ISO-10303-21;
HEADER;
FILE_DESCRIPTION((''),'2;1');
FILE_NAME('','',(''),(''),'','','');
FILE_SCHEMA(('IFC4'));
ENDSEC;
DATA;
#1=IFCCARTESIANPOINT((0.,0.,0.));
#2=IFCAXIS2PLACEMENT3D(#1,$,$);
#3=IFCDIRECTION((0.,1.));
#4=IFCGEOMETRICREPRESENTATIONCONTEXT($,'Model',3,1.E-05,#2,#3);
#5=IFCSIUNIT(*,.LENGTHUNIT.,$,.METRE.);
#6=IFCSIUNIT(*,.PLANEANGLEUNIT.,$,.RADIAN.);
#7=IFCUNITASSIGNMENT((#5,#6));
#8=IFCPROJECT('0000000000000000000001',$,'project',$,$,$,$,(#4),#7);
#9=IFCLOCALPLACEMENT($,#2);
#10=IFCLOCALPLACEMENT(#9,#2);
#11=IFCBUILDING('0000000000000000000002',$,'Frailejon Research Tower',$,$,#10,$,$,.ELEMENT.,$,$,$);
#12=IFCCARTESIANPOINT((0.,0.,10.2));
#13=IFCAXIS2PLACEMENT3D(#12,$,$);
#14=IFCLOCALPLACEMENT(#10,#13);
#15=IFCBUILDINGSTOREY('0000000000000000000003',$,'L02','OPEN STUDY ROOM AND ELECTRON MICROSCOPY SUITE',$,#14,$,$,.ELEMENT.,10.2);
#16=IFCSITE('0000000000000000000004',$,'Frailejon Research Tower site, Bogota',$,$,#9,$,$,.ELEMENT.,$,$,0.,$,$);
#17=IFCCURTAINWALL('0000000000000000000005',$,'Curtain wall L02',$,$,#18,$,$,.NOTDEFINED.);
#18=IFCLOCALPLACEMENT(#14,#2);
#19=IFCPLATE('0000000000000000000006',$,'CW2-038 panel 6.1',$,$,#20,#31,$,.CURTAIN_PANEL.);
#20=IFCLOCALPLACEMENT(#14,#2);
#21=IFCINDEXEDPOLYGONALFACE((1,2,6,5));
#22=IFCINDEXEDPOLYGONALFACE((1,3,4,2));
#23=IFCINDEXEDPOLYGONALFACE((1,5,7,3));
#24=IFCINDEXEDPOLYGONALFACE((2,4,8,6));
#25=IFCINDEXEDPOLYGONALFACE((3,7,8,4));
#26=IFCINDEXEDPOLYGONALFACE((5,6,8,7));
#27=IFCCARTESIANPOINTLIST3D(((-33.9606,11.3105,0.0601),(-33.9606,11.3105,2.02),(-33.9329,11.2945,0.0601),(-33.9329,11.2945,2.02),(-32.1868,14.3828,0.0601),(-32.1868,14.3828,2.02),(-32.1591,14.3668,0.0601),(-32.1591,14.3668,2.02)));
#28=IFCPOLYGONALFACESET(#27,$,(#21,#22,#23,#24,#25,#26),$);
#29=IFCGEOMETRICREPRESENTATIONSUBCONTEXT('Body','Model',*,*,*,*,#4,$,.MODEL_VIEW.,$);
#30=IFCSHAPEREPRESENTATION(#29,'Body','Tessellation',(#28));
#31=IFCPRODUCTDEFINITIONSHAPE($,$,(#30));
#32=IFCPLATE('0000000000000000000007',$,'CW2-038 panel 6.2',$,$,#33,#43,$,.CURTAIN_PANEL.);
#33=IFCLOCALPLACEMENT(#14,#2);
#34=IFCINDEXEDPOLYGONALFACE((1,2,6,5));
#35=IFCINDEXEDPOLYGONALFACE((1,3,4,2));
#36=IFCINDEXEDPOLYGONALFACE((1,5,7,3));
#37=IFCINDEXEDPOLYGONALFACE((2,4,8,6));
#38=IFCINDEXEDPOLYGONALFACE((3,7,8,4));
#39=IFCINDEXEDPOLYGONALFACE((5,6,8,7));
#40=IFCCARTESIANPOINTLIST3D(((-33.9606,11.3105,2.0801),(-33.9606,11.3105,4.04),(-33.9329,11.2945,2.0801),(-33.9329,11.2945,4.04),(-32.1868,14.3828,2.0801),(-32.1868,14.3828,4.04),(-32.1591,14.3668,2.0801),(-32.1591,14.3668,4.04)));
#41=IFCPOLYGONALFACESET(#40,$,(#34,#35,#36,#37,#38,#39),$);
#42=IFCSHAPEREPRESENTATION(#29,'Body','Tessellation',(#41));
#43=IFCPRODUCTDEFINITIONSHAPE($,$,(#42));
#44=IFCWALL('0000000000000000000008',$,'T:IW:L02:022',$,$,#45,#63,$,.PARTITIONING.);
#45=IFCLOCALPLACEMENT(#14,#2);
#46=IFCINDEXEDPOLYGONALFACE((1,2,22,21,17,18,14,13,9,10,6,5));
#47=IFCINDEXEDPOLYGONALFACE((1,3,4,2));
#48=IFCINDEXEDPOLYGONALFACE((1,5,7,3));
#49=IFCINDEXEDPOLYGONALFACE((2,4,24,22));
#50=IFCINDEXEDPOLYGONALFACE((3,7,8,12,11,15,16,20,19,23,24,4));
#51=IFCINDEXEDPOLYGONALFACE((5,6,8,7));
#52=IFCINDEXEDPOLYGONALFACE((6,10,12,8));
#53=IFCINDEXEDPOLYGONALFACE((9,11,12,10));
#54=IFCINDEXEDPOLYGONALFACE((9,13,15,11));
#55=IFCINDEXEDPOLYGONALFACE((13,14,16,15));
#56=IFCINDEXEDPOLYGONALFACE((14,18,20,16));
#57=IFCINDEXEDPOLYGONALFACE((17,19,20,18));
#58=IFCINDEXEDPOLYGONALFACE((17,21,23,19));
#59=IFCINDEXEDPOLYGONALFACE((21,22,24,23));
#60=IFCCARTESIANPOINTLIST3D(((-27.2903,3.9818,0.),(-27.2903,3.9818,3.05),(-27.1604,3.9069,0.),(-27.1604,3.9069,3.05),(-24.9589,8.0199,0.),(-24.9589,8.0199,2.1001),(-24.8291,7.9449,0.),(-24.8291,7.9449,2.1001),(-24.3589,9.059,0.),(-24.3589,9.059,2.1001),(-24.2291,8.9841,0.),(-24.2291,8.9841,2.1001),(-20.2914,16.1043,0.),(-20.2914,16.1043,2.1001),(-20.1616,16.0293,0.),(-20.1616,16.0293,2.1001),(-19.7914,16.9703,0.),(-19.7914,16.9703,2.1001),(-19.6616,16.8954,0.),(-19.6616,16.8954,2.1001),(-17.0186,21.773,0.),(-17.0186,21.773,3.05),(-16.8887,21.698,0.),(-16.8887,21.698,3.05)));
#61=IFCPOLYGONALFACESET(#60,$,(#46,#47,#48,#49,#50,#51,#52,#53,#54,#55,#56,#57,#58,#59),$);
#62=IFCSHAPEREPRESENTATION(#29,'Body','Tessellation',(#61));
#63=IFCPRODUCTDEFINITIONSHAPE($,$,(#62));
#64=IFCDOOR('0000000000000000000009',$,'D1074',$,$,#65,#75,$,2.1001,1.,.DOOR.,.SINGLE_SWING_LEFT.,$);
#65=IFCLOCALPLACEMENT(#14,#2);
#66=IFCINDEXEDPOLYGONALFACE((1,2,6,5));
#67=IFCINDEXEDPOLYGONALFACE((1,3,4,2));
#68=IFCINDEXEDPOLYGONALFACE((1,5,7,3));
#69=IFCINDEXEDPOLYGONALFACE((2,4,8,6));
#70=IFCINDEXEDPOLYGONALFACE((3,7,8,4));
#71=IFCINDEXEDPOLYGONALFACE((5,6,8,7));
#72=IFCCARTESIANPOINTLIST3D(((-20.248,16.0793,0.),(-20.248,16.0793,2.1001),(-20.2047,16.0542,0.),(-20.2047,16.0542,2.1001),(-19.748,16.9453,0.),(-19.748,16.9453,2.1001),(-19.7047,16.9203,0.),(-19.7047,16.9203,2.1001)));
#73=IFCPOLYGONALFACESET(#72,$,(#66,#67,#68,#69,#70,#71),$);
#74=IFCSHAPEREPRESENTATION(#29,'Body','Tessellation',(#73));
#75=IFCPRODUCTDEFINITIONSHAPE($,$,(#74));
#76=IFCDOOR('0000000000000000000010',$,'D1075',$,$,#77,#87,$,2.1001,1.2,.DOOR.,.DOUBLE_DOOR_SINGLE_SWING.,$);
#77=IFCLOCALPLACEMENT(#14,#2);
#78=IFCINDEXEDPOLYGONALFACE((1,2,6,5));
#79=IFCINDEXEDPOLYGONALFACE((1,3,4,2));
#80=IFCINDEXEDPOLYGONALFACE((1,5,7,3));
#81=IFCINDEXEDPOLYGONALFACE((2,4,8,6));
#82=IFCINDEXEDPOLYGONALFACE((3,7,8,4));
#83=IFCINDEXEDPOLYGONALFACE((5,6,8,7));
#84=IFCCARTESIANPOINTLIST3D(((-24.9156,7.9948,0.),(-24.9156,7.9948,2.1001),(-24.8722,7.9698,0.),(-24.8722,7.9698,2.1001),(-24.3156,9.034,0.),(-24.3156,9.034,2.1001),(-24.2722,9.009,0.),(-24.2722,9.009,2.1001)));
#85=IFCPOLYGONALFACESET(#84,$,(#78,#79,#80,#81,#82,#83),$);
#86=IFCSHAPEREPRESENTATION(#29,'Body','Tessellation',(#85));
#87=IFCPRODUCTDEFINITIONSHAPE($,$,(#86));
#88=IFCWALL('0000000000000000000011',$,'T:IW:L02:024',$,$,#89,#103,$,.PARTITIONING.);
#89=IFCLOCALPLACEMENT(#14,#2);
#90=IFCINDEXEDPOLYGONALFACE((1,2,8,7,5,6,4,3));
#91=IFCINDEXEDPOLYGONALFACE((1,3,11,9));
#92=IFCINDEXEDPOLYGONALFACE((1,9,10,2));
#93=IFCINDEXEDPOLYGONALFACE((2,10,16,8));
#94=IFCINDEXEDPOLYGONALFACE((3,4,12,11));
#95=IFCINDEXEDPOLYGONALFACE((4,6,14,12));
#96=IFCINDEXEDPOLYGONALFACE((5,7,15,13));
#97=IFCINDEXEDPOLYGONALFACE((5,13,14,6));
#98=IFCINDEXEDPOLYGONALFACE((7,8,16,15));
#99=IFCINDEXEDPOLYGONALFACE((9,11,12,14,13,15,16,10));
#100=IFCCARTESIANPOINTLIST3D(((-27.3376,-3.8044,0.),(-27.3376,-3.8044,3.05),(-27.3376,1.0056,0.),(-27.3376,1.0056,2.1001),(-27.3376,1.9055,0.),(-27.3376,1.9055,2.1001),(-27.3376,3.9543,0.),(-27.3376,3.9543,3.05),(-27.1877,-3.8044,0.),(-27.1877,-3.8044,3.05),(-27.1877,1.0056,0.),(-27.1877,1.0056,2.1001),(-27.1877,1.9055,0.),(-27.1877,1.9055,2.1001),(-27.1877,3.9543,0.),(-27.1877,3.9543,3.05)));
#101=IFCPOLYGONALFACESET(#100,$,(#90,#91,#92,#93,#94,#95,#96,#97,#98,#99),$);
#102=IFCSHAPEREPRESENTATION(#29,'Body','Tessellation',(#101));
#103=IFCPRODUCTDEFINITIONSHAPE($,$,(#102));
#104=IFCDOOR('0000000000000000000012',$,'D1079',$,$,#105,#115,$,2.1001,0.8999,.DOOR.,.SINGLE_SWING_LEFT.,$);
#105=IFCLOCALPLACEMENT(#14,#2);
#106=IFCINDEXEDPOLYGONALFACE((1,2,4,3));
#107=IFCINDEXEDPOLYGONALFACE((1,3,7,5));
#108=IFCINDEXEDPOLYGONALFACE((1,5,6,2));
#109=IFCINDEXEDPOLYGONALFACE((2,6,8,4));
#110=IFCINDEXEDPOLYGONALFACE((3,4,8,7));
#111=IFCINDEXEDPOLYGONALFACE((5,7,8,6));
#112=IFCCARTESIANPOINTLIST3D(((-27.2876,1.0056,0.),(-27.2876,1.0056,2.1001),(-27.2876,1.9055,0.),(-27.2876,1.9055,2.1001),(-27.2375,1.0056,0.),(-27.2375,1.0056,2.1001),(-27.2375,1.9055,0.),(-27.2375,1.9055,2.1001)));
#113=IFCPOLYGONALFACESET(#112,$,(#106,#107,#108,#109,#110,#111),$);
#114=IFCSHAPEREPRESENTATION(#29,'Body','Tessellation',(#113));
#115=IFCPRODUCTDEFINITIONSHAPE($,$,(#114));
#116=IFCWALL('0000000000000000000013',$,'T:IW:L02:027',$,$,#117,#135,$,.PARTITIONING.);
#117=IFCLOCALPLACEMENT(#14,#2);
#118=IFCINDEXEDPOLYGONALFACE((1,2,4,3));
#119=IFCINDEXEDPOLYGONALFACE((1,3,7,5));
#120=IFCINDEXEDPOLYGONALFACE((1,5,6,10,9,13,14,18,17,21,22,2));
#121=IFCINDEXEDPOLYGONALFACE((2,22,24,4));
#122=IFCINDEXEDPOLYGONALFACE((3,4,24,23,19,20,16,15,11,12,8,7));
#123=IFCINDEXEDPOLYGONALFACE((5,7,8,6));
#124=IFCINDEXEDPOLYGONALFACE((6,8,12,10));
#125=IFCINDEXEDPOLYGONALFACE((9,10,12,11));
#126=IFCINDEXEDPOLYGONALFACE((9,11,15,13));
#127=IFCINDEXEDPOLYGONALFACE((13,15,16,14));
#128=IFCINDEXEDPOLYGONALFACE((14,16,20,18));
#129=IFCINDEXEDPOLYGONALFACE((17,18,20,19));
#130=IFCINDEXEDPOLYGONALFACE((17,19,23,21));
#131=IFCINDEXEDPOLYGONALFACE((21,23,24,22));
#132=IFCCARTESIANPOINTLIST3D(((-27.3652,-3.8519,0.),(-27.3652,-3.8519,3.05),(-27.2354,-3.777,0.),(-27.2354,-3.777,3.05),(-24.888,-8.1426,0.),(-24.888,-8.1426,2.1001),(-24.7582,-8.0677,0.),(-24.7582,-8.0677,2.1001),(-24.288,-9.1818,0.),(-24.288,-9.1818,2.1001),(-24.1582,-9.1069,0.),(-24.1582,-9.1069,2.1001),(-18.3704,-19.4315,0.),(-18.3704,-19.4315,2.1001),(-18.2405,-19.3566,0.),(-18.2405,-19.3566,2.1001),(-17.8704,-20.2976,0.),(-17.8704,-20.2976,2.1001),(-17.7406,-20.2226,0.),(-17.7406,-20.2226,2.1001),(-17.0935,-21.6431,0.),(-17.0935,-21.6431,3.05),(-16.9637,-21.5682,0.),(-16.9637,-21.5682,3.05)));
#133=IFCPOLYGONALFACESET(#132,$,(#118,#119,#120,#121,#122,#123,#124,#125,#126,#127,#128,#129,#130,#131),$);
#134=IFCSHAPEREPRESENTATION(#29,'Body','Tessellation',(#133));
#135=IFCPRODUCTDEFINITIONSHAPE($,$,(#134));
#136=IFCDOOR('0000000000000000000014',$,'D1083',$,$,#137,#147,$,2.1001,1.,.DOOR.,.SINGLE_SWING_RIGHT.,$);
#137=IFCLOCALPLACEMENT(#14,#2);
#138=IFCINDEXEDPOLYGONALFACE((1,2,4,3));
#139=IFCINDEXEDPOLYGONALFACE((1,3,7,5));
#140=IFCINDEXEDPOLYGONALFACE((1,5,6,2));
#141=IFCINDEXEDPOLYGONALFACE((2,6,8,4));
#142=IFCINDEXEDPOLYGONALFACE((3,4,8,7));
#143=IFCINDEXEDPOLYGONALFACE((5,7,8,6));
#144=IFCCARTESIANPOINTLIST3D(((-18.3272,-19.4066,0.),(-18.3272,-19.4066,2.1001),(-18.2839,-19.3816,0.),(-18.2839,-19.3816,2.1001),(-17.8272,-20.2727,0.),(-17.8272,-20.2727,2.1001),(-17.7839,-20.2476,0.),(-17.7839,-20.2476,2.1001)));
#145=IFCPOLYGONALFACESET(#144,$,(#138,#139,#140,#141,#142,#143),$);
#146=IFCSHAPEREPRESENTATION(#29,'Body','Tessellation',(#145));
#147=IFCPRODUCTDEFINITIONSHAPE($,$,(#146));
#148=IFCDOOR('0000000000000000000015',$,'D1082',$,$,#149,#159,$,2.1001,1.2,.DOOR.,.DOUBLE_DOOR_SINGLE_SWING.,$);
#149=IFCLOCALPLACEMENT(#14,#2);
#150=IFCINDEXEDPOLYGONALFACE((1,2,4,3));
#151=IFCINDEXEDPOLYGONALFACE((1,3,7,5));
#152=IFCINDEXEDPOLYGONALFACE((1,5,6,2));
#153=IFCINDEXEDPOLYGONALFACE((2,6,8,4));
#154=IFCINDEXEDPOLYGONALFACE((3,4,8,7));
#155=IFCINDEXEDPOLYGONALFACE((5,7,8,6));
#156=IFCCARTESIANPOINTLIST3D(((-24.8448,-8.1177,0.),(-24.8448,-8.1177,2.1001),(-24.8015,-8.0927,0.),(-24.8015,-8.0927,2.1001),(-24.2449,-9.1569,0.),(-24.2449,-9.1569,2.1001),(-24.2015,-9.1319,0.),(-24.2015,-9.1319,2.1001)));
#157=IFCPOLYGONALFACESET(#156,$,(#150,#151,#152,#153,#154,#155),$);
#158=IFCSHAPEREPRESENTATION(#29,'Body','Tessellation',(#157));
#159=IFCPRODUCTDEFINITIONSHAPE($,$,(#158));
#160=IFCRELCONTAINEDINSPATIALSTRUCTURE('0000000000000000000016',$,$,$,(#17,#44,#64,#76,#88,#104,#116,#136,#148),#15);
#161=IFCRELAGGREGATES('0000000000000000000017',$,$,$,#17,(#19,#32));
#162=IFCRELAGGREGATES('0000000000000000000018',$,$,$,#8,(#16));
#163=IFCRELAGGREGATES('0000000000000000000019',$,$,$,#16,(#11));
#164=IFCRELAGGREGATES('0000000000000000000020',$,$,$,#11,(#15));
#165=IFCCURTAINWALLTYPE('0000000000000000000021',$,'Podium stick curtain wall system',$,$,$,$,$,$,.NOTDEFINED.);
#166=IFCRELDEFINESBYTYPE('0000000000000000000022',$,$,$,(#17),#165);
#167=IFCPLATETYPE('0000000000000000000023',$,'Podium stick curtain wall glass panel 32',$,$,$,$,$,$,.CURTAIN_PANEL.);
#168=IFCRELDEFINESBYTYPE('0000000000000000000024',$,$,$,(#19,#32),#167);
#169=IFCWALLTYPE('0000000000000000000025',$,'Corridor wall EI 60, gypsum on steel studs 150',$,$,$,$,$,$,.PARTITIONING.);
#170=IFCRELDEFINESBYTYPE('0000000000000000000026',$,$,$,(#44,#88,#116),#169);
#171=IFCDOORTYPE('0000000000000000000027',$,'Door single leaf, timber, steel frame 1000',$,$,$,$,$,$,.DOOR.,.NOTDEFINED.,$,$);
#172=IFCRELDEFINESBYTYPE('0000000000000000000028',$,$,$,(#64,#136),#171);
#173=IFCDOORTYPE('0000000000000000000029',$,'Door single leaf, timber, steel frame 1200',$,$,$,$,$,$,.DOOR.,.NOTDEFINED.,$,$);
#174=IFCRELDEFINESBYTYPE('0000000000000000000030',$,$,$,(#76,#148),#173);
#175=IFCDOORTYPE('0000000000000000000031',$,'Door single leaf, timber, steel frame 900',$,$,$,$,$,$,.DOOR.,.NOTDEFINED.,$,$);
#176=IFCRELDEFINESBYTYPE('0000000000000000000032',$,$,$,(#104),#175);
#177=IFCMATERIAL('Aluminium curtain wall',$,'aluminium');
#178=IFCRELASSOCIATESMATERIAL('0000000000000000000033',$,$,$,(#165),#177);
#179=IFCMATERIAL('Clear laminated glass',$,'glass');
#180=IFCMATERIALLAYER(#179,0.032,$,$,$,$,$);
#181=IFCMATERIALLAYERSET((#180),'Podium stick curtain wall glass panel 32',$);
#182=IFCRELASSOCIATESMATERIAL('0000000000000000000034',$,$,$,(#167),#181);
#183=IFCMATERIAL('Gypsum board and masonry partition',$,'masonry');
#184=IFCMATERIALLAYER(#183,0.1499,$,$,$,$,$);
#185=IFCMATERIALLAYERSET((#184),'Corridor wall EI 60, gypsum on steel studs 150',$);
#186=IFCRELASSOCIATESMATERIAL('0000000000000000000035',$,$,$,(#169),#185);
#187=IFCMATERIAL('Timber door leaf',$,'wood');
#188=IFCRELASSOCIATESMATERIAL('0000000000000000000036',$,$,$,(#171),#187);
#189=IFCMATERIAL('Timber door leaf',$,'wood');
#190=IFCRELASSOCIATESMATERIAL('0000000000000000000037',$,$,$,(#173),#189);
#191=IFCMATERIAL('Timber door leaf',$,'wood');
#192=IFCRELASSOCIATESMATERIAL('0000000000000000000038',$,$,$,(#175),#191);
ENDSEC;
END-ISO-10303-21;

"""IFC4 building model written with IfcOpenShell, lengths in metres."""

from ifc_helpers import new_model, si_unit, direction, frame, frame_2d, origin, origin_2d, place, context, subcontext, project, spatial, rectangle, extrude, material, layer, layer_set, type_object, element, fill, aggregate, save


model = new_model("IFC4")

# Units and contexts
model_context = context("Model", 3, precision=1e-05, world=origin(), true_north=direction((0.0, 1.0)))
body_context = subcontext(model_context, "Body", "Model", "MODEL_VIEW")
ifc_project = project(units=[si_unit("LENGTHUNIT", "METRE"), si_unit("PLANEANGLEUNIT", "RADIAN")], contexts=[model_context])

# Site, building, storey
site_placement = place(None, origin())
site = spatial("IfcSite", under=ifc_project, at=site_placement, Name="Frailejon Research Tower site, Bogota", CompositionType="ELEMENT", RefElevation=0.0)
building_placement = place(site_placement, origin())
building = spatial("IfcBuilding", under=site, at=building_placement, Name="Frailejon Research Tower", CompositionType="ELEMENT")
storey_placement = place(building_placement, frame((0.0, 0.0, 10.2)))
storey = spatial("IfcBuildingStorey", under=building, at=storey_placement, Name="L02", Description="OPEN STUDY ROOM AND ELECTRON MICROSCOPY SUITE", CompositionType="ELEMENT", Elevation=10.2)

# Curtain wall, plates
ifc_material_1 = material(Name="Aluminium curtain wall", Category="aluminium")
curtain_wall_type = type_object("IfcCurtainWallType", Name="Podium stick curtain wall system", PredefinedType="NOTDEFINED", material=ifc_material_1)
curtain_wall_placement = place(storey_placement, origin())
curtain_wall = element("IfcCurtainWall", 1, at=curtain_wall_placement, inside=storey, type_object=curtain_wall_type, Name="Curtain wall L02", PredefinedType="NOTDEFINED")
ifc_material_2 = material(Name="Clear laminated glass", Category="glass")
ifc_layer_1 = layer(ifc_material_2, 0.032)
ifc_layer_set_1 = layer_set([ifc_layer_1], Name="Podium stick curtain wall glass panel 32")
plate_type = type_object("IfcPlateType", Name="Podium stick curtain wall glass panel 32", PredefinedType="CURTAIN_PANEL", material=ifc_layer_set_1)
plate_1_placement = place(storey_placement, frame((-33.0598, 12.8386, 0.0601), z_axis=(0.0, 0.0, 1.0), x_axis=(-0.499998, -0.866026, 0.0)))
plate_1 = element("IfcPlate", 2, at=plate_1_placement, type_object=plate_type, Name="CW2-038 panel 6.1", PredefinedType="CURTAIN_PANEL", context=body_context, shape_type="SweptSolid", body=[
    extrude(rectangle(XDim=3.5476, YDim=0.032, at=origin_2d()), origin(), (0.0, 0.0, 1.0), 1.96),
])
plate_2_placement = place(storey_placement, frame((-33.0598, 12.8386, 2.0801), z_axis=(0.0, 0.0, 1.0), x_axis=(-0.499998, -0.866026, 0.0)))
plate_2 = element("IfcPlate", 3, at=plate_2_placement, type_object=plate_type, Name="CW2-038 panel 6.2", PredefinedType="CURTAIN_PANEL", context=body_context, shape_type="SweptSolid", body=[
    extrude(rectangle(XDim=3.5476, YDim=0.032, at=origin_2d()), origin(), (0.0, 0.0, 1.0), 1.96),
])
aggregate(curtain_wall, [plate_1, plate_2])

# Wall, openings, doors
ifc_material_3 = material(Name="Gypsum board and masonry partition", Category="masonry")
ifc_layer_2 = layer(ifc_material_3, 0.1499)
ifc_layer_set_2 = layer_set([ifc_layer_2], Name="Corridor wall EI 60, gypsum on steel studs 150")
wall_type = type_object("IfcWallType", Name="Corridor wall EI 60, gypsum on steel studs 150", PredefinedType="PARTITIONING", material=ifc_layer_set_2)
wall_1_placement = place(storey_placement, frame((-27.2253, 3.9443, 0.0), z_axis=(0.0, 0.0, 1.0), x_axis=(0.499998, 0.866027, 0.0)))
wall_1 = element("IfcWall", 4, at=wall_1_placement, inside=storey, type_object=wall_type, Name="T:IW:L02:022", PredefinedType="PARTITIONING", context=body_context, shape_type="SweptSolid", body=[
    extrude(rectangle(XDim=20.5435, YDim=0.1499, at=frame_2d((10.2717, 0.0))), origin(), (0.0, 0.0, 1.0), 3.05),
])
opening_1_placement = place(wall_1_placement, frame((13.9978, 0.0, 0.0)))
opening_1 = element("IfcOpeningElement", 5, at=opening_1_placement, cuts=wall_1, PredefinedType="OPENING", context=body_context, shape_type="SweptSolid", body=[
    extrude(rectangle(XDim=1.0, YDim=2.1001, at=frame_2d((0.5, 1.05))), frame((0.0, 0.085, 0.0), z_axis=(0.0, -1.0, 0.0), x_axis=(1.0, 0.0, 0.0)), (0.0, 0.0, 1.0), 0.1699),
])
opening_2_placement = place(wall_1_placement, frame((4.6626, 0.0, 0.0)))
opening_2 = element("IfcOpeningElement", 6, at=opening_2_placement, cuts=wall_1, PredefinedType="OPENING", context=body_context, shape_type="SweptSolid", body=[
    extrude(rectangle(XDim=1.2, YDim=2.1001, at=frame_2d((0.6001, 1.05))), frame((0.0, 0.085, 0.0), z_axis=(0.0, -1.0, 0.0), x_axis=(1.0, 0.0, 0.0)), (0.0, 0.0, 1.0), 0.1699),
])
ifc_material_4 = material(Name="Timber door leaf", Category="wood")
door_type_1 = type_object("IfcDoorType", Name="Door single leaf, timber, steel frame 1000", OperationType="NOTDEFINED", PredefinedType="DOOR", material=ifc_material_4)
door_1_placement = place(opening_1_placement, origin())
door_1 = element("IfcDoor", 7, at=door_1_placement, inside=storey, type_object=door_type_1, Name="D1074", OperationType="SINGLE_SWING_LEFT", OverallHeight=2.1001, OverallWidth=1.0, PredefinedType="DOOR", context=body_context, shape_type="SweptSolid", body=[
    extrude(rectangle(XDim=1.0, YDim=2.1001, at=frame_2d((0.5, 1.05))), frame((0.0, 0.0249, 0.0), z_axis=(0.0, -1.0, 0.0), x_axis=(1.0, 0.0, 0.0)), (0.0, 0.0, 1.0), 0.05),
])
fill(opening_1, door_1)
ifc_material_5 = material(Name="Timber door leaf", Category="wood")
door_type_2 = type_object("IfcDoorType", Name="Door single leaf, timber, steel frame 1200", OperationType="NOTDEFINED", PredefinedType="DOOR", material=ifc_material_5)
door_2_placement = place(opening_2_placement, origin())
door_2 = element("IfcDoor", 8, at=door_2_placement, inside=storey, type_object=door_type_2, Name="D1075", OperationType="DOUBLE_DOOR_SINGLE_SWING", OverallHeight=2.1001, OverallWidth=1.2, PredefinedType="DOOR", context=body_context, shape_type="SweptSolid", body=[
    extrude(rectangle(XDim=1.2, YDim=2.1001, at=frame_2d((0.6001, 1.05))), frame((0.0, 0.0249, 0.0), z_axis=(0.0, -1.0, 0.0), x_axis=(1.0, 0.0, 0.0)), (0.0, 0.0, 1.0), 0.05),
])
fill(opening_2, door_2)

# Wall, opening, door
wall_2_placement = place(storey_placement, frame((-27.2627, -3.8044, 0.0), z_axis=(0.0, 0.0, 1.0), x_axis=(0.0, 1.0, 0.0)))
wall_2 = element("IfcWall", 9, at=wall_2_placement, inside=storey, type_object=wall_type, Name="T:IW:L02:024", PredefinedType="PARTITIONING", context=body_context, shape_type="SweptSolid", body=[
    extrude(rectangle(XDim=7.7588, YDim=0.1499, at=frame_2d((3.8794, 0.0))), origin(), (0.0, 0.0, 1.0), 3.05),
])
opening_3_placement = place(wall_2_placement, frame((4.8101, 0.0, 0.0)))
opening_3 = element("IfcOpeningElement", 10, at=opening_3_placement, cuts=wall_2, PredefinedType="OPENING", context=body_context, shape_type="SweptSolid", body=[
    extrude(rectangle(XDim=0.8999, YDim=2.1001, at=frame_2d((0.45, 1.05))), frame((0.0, 0.085, 0.0), z_axis=(0.0, -1.0, 0.0), x_axis=(1.0, 0.0, 0.0)), (0.0, 0.0, 1.0), 0.1699),
])
ifc_material_6 = material(Name="Timber door leaf", Category="wood")
door_type_3 = type_object("IfcDoorType", Name="Door single leaf, timber, steel frame 900", OperationType="NOTDEFINED", PredefinedType="DOOR", material=ifc_material_6)
door_3_placement = place(opening_3_placement, origin())
door_3 = element("IfcDoor", 11, at=door_3_placement, inside=storey, type_object=door_type_3, Name="D1079", OperationType="SINGLE_SWING_LEFT", OverallHeight=2.1001, OverallWidth=0.8999, PredefinedType="DOOR", context=body_context, shape_type="SweptSolid", body=[
    extrude(rectangle(XDim=0.8999, YDim=2.1001, at=frame_2d((0.45, 1.05))), frame((0.0, 0.0249, 0.0), z_axis=(0.0, -1.0, 0.0), x_axis=(1.0, 0.0, 0.0)), (0.0, 0.0, 1.0), 0.05),
])
fill(opening_3, door_3)

# Wall, openings, doors
wall_3_placement = place(storey_placement, frame((-27.3003, -3.8145, 0.0), z_axis=(0.0, 0.0, 1.0), x_axis=(0.499998, -0.866027, 0.0)))
wall_3 = element("IfcWall", 12, at=wall_3_placement, inside=storey, type_object=wall_type, Name="T:IW:L02:027", PredefinedType="PARTITIONING", context=body_context, shape_type="SweptSolid", body=[
    extrude(rectangle(XDim=20.5435, YDim=0.1499, at=frame_2d((10.2717, 0.0))), origin(), (0.0, 0.0, 1.0), 3.05),
])
opening_4_placement = place(wall_3_placement, frame((4.9543, 0.0, 0.0)))
opening_4 = element("IfcOpeningElement", 13, at=opening_4_placement, cuts=wall_3, PredefinedType="OPENING", context=body_context, shape_type="SweptSolid", body=[
    extrude(rectangle(XDim=1.2, YDim=2.1001, at=frame_2d((0.6001, 1.05))), frame((0.0, 0.085, 0.0), z_axis=(0.0, -1.0, 0.0), x_axis=(1.0, 0.0, 0.0)), (0.0, 0.0, 1.0), 0.1699),
])
opening_5_placement = place(wall_3_placement, frame((17.9897, 0.0, 0.0)))
opening_5 = element("IfcOpeningElement", 14, at=opening_5_placement, cuts=wall_3, PredefinedType="OPENING", context=body_context, shape_type="SweptSolid", body=[
    extrude(rectangle(XDim=1.0, YDim=2.1001, at=frame_2d((0.5, 1.05))), frame((0.0, 0.085, 0.0), z_axis=(0.0, -1.0, 0.0), x_axis=(1.0, 0.0, 0.0)), (0.0, 0.0, 1.0), 0.1699),
])
door_4_placement = place(opening_5_placement, origin())
door_4 = element("IfcDoor", 15, at=door_4_placement, inside=storey, type_object=door_type_1, Name="D1083", OperationType="SINGLE_SWING_RIGHT", OverallHeight=2.1001, OverallWidth=1.0, PredefinedType="DOOR", context=body_context, shape_type="SweptSolid", body=[
    extrude(rectangle(XDim=1.0, YDim=2.1001, at=frame_2d((0.5, 1.05))), frame((0.0, 0.0249, 0.0), z_axis=(0.0, -1.0, 0.0), x_axis=(1.0, 0.0, 0.0)), (0.0, 0.0, 1.0), 0.05),
])
fill(opening_5, door_4)
door_5_placement = place(opening_4_placement, origin())
door_5 = element("IfcDoor", 16, at=door_5_placement, inside=storey, type_object=door_type_2, Name="D1082", OperationType="DOUBLE_DOOR_SINGLE_SWING", OverallHeight=2.1001, OverallWidth=1.2, PredefinedType="DOOR", context=body_context, shape_type="SweptSolid", body=[
    extrude(rectangle(XDim=1.2, YDim=2.1001, at=frame_2d((0.6001, 1.05))), frame((0.0, 0.0249, 0.0), z_axis=(0.0, -1.0, 0.0), x_axis=(1.0, 0.0, 0.0)), (0.0, 0.0, 1.0), 0.05),
])
fill(opening_4, door_5)

save(model, "model.ifc")
